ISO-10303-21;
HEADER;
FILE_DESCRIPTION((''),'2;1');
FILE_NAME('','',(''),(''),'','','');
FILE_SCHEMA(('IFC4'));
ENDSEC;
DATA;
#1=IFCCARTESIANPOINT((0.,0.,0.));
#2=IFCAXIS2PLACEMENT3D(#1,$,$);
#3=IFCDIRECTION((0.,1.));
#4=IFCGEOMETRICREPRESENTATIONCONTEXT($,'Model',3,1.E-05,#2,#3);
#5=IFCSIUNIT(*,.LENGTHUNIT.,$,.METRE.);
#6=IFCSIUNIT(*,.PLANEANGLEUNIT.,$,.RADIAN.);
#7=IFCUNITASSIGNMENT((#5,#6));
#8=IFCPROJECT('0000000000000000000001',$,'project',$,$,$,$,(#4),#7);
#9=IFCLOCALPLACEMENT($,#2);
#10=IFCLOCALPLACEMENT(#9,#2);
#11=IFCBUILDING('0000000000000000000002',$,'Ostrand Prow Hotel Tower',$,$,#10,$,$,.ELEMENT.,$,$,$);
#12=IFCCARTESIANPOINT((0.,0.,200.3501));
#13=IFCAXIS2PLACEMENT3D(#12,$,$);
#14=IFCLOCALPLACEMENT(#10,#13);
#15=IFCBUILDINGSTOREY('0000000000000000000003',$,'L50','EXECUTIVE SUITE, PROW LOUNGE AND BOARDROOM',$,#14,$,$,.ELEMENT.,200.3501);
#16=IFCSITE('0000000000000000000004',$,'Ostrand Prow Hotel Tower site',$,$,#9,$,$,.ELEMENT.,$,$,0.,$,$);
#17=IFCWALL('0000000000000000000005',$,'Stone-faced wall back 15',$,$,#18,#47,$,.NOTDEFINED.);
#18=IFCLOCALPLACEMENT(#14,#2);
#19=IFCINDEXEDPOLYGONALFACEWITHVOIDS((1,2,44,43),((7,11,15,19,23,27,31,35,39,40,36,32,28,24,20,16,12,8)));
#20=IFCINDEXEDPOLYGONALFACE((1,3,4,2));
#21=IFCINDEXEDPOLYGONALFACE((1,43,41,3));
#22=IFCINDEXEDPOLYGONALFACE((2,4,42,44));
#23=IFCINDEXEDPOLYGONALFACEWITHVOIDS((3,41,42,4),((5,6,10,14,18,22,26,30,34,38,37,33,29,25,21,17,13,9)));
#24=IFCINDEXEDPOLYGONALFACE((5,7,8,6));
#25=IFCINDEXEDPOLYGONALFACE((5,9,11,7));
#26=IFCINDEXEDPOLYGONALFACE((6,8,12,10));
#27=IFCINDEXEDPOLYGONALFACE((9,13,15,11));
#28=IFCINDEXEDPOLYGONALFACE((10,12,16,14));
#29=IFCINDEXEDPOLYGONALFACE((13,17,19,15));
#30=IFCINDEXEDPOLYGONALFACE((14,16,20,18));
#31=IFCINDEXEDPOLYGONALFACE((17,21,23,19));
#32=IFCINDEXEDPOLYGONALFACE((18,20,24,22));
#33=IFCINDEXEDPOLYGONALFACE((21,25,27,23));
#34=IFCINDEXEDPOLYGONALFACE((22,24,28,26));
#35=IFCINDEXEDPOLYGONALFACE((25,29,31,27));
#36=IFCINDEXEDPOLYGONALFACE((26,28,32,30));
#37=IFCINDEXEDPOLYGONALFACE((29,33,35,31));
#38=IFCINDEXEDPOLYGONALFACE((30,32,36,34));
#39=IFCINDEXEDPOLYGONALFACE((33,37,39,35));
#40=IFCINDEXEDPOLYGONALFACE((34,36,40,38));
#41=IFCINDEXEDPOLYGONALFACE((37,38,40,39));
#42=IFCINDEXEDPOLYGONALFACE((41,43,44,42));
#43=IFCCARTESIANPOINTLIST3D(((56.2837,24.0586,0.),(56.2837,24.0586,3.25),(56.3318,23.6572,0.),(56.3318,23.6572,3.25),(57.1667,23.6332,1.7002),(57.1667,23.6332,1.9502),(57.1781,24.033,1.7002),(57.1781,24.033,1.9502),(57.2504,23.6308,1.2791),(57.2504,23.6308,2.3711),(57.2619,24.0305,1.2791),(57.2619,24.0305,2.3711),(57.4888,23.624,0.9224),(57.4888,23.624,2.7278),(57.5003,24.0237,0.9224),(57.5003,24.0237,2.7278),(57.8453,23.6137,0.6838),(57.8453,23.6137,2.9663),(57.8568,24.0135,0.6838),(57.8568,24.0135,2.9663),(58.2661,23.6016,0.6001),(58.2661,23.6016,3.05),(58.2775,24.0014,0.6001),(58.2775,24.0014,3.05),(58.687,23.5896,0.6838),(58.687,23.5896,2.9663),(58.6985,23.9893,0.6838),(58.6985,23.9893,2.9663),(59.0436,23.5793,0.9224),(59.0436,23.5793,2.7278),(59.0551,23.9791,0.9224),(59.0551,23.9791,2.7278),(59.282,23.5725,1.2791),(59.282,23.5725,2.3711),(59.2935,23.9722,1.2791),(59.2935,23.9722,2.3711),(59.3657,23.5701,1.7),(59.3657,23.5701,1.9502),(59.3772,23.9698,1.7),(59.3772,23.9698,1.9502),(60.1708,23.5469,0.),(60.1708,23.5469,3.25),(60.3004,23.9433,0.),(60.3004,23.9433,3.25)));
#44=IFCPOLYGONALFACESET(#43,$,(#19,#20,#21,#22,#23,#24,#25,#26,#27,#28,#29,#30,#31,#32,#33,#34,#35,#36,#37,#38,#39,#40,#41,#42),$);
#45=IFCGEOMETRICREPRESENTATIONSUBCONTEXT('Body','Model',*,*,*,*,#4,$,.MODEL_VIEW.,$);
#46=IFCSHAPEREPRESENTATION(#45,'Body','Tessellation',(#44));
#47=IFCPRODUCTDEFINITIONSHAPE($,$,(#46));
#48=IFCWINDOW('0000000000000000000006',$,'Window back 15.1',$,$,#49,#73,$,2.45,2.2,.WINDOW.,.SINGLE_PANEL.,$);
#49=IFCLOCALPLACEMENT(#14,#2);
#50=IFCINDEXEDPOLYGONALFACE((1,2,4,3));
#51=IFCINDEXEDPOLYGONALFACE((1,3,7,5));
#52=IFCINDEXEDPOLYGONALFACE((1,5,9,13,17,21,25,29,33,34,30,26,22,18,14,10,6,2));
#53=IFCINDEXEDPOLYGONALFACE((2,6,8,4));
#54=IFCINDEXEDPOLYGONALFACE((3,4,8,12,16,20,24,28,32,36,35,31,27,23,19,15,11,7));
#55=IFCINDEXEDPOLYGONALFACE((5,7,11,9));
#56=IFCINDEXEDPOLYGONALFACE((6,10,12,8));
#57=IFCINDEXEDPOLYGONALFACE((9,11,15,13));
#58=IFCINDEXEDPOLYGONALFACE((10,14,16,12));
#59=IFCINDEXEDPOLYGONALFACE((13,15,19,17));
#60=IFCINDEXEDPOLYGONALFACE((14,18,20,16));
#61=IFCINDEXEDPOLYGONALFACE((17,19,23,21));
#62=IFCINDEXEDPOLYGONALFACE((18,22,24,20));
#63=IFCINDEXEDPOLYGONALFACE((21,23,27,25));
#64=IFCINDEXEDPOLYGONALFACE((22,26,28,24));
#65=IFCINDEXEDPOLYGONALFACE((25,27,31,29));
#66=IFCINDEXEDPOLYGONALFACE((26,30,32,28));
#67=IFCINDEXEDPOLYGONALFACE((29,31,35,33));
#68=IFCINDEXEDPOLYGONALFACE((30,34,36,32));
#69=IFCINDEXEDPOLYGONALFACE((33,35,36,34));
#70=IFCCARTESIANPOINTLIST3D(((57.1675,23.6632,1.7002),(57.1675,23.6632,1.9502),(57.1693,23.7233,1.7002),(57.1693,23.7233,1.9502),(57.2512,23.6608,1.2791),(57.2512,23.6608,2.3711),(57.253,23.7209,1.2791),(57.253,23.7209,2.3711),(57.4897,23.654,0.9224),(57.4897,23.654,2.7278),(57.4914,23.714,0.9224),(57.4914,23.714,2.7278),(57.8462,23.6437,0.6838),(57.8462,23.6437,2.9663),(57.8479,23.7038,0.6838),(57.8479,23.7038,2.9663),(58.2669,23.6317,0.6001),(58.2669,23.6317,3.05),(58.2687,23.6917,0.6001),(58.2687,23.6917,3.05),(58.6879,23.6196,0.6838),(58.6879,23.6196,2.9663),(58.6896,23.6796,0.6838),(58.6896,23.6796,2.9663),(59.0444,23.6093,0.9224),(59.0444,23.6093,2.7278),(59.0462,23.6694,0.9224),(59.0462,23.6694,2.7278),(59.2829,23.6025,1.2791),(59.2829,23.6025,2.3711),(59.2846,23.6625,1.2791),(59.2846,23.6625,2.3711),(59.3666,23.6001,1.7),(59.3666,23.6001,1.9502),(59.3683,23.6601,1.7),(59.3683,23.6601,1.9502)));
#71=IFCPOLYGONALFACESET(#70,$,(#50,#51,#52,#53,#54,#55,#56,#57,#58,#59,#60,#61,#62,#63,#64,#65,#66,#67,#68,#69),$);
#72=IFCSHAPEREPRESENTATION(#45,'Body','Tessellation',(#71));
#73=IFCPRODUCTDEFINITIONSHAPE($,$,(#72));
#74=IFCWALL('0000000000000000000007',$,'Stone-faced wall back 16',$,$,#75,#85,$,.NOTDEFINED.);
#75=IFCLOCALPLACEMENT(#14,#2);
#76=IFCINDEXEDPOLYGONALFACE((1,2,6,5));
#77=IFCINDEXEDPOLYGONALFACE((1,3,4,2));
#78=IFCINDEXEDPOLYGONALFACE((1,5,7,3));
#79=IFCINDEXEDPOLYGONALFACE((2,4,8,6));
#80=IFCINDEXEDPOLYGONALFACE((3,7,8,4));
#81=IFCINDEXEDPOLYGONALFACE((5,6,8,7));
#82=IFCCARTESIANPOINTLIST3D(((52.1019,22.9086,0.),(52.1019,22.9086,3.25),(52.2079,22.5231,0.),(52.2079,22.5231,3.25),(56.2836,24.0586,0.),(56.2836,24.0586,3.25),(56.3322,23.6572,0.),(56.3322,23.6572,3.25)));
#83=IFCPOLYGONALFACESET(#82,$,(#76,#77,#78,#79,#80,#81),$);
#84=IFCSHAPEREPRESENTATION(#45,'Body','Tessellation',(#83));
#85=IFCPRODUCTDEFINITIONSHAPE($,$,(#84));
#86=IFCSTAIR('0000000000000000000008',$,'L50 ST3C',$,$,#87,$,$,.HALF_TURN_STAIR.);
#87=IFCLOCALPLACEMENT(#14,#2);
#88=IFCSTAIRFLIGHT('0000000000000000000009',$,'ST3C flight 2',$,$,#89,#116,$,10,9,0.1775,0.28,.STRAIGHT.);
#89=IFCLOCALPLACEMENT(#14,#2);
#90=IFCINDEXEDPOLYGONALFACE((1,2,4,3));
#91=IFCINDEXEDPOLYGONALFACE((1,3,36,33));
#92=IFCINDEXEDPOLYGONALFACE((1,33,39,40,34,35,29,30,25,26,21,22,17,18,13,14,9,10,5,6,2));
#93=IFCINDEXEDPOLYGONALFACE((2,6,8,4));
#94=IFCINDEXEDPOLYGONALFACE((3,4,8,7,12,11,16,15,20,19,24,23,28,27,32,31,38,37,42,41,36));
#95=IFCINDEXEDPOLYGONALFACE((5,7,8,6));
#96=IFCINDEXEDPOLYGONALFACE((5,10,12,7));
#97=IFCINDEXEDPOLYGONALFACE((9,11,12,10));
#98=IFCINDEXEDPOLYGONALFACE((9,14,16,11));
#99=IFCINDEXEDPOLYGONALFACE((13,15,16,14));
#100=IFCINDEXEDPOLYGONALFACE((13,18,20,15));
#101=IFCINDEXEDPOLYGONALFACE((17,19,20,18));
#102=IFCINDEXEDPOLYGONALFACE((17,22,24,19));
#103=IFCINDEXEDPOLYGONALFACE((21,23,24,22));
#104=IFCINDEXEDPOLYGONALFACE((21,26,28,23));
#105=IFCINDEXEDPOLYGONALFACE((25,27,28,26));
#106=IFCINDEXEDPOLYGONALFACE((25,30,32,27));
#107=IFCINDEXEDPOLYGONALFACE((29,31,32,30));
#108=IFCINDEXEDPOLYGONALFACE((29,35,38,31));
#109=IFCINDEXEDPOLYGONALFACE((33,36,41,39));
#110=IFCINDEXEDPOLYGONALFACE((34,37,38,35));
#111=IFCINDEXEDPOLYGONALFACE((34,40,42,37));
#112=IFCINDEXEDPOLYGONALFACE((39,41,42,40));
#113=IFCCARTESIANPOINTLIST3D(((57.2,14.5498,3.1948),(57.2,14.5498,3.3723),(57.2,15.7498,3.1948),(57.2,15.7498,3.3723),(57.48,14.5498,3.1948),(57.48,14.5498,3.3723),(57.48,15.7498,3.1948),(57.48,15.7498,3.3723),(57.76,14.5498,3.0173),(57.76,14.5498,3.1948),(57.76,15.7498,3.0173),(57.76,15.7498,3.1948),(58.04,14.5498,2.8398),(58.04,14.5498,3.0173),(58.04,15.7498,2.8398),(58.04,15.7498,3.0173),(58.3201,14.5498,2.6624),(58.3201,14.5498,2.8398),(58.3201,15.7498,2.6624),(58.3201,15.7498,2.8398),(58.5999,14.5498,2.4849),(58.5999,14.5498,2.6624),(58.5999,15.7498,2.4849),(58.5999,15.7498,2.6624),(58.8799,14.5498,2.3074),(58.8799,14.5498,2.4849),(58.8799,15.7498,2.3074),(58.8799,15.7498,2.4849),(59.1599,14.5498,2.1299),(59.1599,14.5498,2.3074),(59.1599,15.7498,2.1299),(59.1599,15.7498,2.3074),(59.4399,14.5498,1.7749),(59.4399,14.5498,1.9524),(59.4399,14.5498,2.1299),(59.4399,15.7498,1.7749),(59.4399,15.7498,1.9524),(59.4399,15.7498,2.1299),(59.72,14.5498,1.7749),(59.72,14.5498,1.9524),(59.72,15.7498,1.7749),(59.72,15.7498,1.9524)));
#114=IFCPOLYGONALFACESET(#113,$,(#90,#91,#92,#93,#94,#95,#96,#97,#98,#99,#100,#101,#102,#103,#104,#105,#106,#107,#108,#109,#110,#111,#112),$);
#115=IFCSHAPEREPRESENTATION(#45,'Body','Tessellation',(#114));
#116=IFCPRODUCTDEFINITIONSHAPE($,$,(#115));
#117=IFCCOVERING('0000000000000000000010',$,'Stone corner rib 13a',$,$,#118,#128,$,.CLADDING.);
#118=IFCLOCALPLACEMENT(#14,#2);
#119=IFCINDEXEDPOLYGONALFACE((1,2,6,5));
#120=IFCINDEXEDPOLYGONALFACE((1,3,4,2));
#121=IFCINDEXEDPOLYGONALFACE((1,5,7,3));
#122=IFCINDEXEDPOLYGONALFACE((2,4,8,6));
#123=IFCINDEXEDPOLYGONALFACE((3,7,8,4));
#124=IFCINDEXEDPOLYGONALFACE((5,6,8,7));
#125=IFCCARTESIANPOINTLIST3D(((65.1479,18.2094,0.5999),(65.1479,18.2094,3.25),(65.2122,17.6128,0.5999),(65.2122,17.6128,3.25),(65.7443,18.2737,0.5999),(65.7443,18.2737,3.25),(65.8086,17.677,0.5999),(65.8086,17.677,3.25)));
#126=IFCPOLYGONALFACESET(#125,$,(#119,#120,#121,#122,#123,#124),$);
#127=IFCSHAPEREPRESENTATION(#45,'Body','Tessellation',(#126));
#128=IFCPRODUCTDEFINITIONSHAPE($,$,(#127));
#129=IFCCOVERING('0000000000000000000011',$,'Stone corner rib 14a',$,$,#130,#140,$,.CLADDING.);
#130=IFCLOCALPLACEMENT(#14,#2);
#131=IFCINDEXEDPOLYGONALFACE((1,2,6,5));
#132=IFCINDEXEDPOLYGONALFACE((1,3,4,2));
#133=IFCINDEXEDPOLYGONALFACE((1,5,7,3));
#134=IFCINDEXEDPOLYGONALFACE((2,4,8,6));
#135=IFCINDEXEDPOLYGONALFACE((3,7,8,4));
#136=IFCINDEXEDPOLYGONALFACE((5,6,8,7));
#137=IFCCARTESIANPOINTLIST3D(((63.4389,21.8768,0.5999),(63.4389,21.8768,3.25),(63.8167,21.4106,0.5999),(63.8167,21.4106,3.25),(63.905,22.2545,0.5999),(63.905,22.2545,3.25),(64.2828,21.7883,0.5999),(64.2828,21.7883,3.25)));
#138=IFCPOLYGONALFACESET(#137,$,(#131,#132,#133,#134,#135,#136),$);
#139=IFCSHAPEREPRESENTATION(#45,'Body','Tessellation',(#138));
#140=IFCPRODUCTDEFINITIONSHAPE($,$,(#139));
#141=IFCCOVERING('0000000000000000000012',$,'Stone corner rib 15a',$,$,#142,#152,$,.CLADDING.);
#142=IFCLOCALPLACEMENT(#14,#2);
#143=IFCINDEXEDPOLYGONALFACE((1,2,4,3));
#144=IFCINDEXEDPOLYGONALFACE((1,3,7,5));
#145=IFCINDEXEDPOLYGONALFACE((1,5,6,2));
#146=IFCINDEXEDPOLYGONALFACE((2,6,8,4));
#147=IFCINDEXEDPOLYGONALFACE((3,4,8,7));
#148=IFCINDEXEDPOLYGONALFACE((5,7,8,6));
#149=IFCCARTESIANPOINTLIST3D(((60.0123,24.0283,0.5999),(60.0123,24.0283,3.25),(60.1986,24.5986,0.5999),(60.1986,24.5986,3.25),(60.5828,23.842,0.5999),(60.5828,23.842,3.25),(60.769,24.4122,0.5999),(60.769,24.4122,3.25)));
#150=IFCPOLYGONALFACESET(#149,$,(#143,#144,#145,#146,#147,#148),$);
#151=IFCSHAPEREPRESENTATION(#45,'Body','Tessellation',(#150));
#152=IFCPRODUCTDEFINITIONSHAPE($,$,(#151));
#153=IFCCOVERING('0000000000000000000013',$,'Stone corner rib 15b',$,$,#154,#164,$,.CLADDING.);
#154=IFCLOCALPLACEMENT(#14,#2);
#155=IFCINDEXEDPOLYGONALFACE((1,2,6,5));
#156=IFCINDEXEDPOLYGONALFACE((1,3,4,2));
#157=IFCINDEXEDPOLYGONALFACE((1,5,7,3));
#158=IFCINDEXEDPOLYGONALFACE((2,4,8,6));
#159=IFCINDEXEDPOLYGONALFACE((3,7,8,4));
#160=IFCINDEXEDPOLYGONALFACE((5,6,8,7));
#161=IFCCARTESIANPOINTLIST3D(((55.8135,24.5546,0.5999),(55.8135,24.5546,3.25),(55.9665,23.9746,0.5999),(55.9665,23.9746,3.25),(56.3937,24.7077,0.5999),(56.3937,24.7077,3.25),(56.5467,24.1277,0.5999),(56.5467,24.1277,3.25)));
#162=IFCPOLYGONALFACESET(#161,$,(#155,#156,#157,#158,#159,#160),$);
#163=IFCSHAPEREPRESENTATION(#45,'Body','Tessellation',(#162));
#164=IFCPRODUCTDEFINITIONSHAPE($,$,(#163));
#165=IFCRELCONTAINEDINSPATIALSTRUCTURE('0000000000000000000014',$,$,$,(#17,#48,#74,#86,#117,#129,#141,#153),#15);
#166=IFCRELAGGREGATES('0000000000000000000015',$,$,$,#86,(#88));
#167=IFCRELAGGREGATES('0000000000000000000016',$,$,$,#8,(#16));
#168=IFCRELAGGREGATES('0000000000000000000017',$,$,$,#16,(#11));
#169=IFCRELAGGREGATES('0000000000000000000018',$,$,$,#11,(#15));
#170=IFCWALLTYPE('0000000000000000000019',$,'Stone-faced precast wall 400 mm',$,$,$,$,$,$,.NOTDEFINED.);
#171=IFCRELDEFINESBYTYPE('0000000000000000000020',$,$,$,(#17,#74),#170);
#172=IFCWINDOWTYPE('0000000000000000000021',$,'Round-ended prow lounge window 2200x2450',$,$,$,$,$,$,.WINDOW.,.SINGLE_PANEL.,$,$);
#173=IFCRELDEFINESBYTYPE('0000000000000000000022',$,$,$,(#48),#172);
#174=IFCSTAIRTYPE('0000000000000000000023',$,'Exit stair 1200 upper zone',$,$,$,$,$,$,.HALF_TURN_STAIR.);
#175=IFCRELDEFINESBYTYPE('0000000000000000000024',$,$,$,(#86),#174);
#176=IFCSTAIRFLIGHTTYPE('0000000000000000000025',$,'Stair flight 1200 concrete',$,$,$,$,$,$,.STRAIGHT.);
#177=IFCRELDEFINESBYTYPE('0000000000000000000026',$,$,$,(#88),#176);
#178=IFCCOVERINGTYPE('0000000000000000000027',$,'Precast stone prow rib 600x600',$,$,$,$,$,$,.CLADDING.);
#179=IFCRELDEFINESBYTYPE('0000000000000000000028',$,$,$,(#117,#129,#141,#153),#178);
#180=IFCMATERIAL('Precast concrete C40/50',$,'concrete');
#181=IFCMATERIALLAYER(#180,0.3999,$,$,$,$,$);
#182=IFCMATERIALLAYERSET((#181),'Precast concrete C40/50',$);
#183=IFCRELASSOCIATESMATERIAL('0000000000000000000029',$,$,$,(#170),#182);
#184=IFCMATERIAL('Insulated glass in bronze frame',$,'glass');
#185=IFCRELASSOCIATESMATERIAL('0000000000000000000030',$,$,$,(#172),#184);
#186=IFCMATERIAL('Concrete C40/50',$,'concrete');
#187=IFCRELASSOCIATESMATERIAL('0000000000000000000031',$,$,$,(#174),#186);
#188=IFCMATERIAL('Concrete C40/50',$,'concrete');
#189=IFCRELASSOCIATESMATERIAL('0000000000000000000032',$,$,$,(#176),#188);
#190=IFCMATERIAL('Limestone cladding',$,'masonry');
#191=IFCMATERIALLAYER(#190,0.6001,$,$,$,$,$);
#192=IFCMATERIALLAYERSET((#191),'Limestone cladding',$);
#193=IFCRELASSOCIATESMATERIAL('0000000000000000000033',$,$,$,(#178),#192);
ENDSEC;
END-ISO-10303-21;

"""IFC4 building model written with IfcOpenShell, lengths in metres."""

from ifc_helpers import new_model, si_unit, direction, frame, frame_2d, origin, place, context, subcontext, project, spatial, polyline, rectangle, outline, extrude, material, layer, layer_set, type_object, element, fill, aggregate, save


model = new_model("IFC4")

# Units and contexts
model_context = context("Model", 3, precision=1e-05, world=origin(), true_north=direction((0.0, 1.0)))
body_context = subcontext(model_context, "Body", "Model", "MODEL_VIEW")
ifc_project = project(units=[si_unit("LENGTHUNIT", "METRE"), si_unit("PLANEANGLEUNIT", "RADIAN")], contexts=[model_context])

# Site, building, storey
site_placement = place(None, origin())
site = spatial("IfcSite", under=ifc_project, at=site_placement, Name="Ostrand Prow Hotel Tower site", CompositionType="ELEMENT", RefElevation=0.0)
building_placement = place(site_placement, origin())
building = spatial("IfcBuilding", under=site, at=building_placement, Name="Ostrand Prow Hotel Tower", CompositionType="ELEMENT")
storey_placement = place(building_placement, frame((0.0, 0.0, 200.3501)))
storey = spatial("IfcBuildingStorey", under=building, at=storey_placement, Name="L50", Description="EXECUTIVE SUITE, PROW LOUNGE AND BOARDROOM", CompositionType="ELEMENT", Elevation=200.3501)

# Wall, opening, window
ifc_material_1 = material(Name="Precast concrete C40/50", Category="concrete")
ifc_layer_1 = layer(ifc_material_1, 0.3999)
ifc_layer_set_1 = layer_set([ifc_layer_1], Name="Precast concrete C40/50")
wall_type_1 = type_object("IfcWallType", Name="Stone-faced precast wall 400 mm", PredefinedType="NOTDEFINED", material=ifc_layer_set_1)
ifc_material_2 = material(Name="Insulated glass in bronze frame", Category="glass")
window_type = type_object("IfcWindowType", Name="Round-ended prow lounge window 2200x2450", PartitioningType="SINGLE_PANEL", PredefinedType="WINDOW", material=ifc_material_2)
wall_1_placement = place(storey_placement, frame((60.2356, 23.7451, 0.0), z_axis=(0.0, 0.0, 1.0), x_axis=(-0.999588, 0.028705, 0.0)))
wall_1 = element("IfcWall", 1, at=wall_1_placement, inside=storey, type_object=wall_type_1, Name="Stone-faced wall back 15", PredefinedType="NOTDEFINED", context=body_context, shape_type="SweptSolid", body=[
    extrude(outline(polyline([(-0.0591, -0.2), (3.9592, -0.2), (3.8997, 0.2), (0.0591, 0.2), (-0.0591, -0.2)])), origin(), (0.0, 0.0, 1.0), 3.25),
])
opening_1_placement = place(wall_1_placement, frame((0.8645, 0.0, 0.6001)))
opening_1 = element("IfcOpeningElement", 2, at=opening_1_placement, cuts=wall_1, PredefinedType="OPENING", context=body_context, shape_type="SweptSolid", body=[
    extrude(outline(polyline([(0.0, 1.3501), (0.0837, 1.771), (0.3223, 2.1277), (0.679, 2.3662), (1.1001, 2.45), (1.521, 2.3662), (1.8777, 2.1277), (2.1162, 1.771), (2.2, 1.3501), (2.2, 1.1001), (2.1162, 0.679), (1.8777, 0.3223), (1.521, 0.0837), (1.1001, 0.0), (0.679, 0.0837), (0.3223, 0.3223), (0.0837, 0.679), (0.0, 1.0999), (0.0, 1.3501)])), frame((0.0, 0.21, 0.0), z_axis=(0.0, -1.0, 0.0), x_axis=(1.0, 0.0, 0.0)), (0.0, 0.0, 1.0), 0.4199),
])
window_1_placement = place(opening_1_placement, origin())
window_1 = element("IfcWindow", 3, at=window_1_placement, inside=storey, type_object=window_type, Name="Window back 15.1", OverallHeight=2.45, OverallWidth=2.2, PartitioningType="SINGLE_PANEL", PredefinedType="WINDOW", context=body_context, shape_type="SweptSolid", body=[
    extrude(outline(polyline([(0.0, 1.3501), (0.0837, 1.771), (0.3223, 2.1277), (0.679, 2.3662), (1.1001, 2.45), (1.521, 2.3662), (1.8777, 2.1277), (2.1162, 1.771), (2.2, 1.3501), (2.2, 1.1001), (2.1162, 0.679), (1.8777, 0.3223), (1.521, 0.0837), (1.1001, 0.0), (0.679, 0.0837), (0.3223, 0.3223), (0.0837, 0.679), (0.0, 1.0999), (0.0, 1.3501)])), frame((0.0, 0.1699, 0.0), z_axis=(0.0, -1.0, 0.0), x_axis=(1.0, 0.0, 0.0)), (0.0, 0.0, 1.0), 0.0601),
])
fill(opening_1, window_1)

# Wall
wall_2_placement = place(storey_placement, frame((56.3079, 23.8579, 0.0), z_axis=(0.0, 0.0, 1.0), x_axis=(-0.964206, -0.265155, 0.0)))
element("IfcWall", 4, at=wall_2_placement, inside=storey, type_object=wall_type_1, Name="Stone-faced wall back 16", PredefinedType="NOTDEFINED", context=body_context, shape_type="SweptSolid", body=[
    extrude(outline(polyline([(-0.0298, -0.2), (4.3071, -0.2), (4.3071, 0.2), (0.0298, 0.2), (-0.0298, -0.2)])), origin(), (0.0, 0.0, 1.0), 3.25),
])

# Stair, stair flight
ifc_material_3 = material(Name="Concrete C40/50", Category="concrete")
stair_type = type_object("IfcStairType", Name="Exit stair 1200 upper zone", PredefinedType="HALF_TURN_STAIR", material=ifc_material_3)
stair_placement = place(storey_placement, origin())
stair = element("IfcStair", 5, at=stair_placement, inside=storey, type_object=stair_type, Name="L50 ST3C", PredefinedType="HALF_TURN_STAIR")
ifc_material_4 = material(Name="Concrete C40/50", Category="concrete")
stair_flight_type = type_object("IfcStairFlightType", Name="Stair flight 1200 concrete", PredefinedType="STRAIGHT", material=ifc_material_4)
stair_flight_placement = place(storey_placement, frame((59.72, 15.1499, 1.7749), z_axis=(0.0, 0.0, 1.0), x_axis=(-1.0, 0.0, 0.0)))
stair_flight = element("IfcStairFlight", 6, at=stair_flight_placement, type_object=stair_flight_type, Name="ST3C flight 2", NumberOfRisers=10, NumberOfTreads=9, PredefinedType="STRAIGHT", RiserHeight=0.1775, TreadLength=0.28, context=body_context, shape_type="SweptSolid", body=[
    extrude(outline(polyline([(0.0, 0.0), (0.0, 0.1775), (0.28, 0.1775), (0.28, 0.355), (0.5601, 0.355), (0.5601, 0.5325), (0.8401, 0.5325), (0.8401, 0.71), (1.1201, 0.71), (1.1201, 0.8875), (1.3999, 0.8875), (1.3999, 1.0649), (1.6799, 1.0649), (1.6799, 1.2424), (1.96, 1.2424), (1.96, 1.4199), (2.24, 1.4199), (2.24, 1.5974), (2.52, 1.5974), (2.52, 1.7749), (2.52, 1.4199), (0.28, 0.0), (0.0, 0.0)])), frame((0.0, 0.6001, 0.0), z_axis=(0.0, -1.0, 0.0), x_axis=(1.0, 0.0, 0.0)), (0.0, 0.0, 1.0), 1.2),
])
aggregate(stair, [stair_flight])

# Coverings
ifc_material_5 = material(Name="Limestone cladding", Category="masonry")
ifc_layer_2 = layer(ifc_material_5, 0.6001)
ifc_layer_set_2 = layer_set([ifc_layer_2], Name="Limestone cladding")
covering_type = type_object("IfcCoveringType", Name="Precast stone prow rib 600x600", PredefinedType="CLADDING", material=ifc_layer_set_2)
for number, where, z_axis, x_axis, name in (
    (7, (65.1802, 17.9111, 0.5999), (0.0, 0.0, 1.0), (0.994255, 0.107036, 0.0), "Stone corner rib 13a"),
    (8, (63.6279, 21.6438, 0.5999), (0.0, 0.0, 1.0), (0.776923, 0.629596, 0.0), "Stone corner rib 14a"),
    (9, (60.2976, 23.9353, 0.5999), (0.0, 0.0, 1.0), (0.310484, 0.950578, 0.0), "Stone corner rib 15a"),
    (10, (56.2566, 24.0513, 0.5999), (0.0, 0.0, 1.0), (-0.255154, 0.9669, 0.0), "Stone corner rib 15b"),
):
    element("IfcCovering", number, at=place(storey_placement, frame(where, z_axis=z_axis, x_axis=x_axis)), inside=storey, type_object=covering_type, Name=name, PredefinedType="CLADDING", context=body_context, shape_type="SweptSolid", body=[
        extrude(rectangle(XDim=0.5999, YDim=0.6001, at=frame_2d((0.2998, 0.0))), origin(), (0.0, 0.0, 1.0), 2.6501),
    ])

save(model, "model.ifc")
